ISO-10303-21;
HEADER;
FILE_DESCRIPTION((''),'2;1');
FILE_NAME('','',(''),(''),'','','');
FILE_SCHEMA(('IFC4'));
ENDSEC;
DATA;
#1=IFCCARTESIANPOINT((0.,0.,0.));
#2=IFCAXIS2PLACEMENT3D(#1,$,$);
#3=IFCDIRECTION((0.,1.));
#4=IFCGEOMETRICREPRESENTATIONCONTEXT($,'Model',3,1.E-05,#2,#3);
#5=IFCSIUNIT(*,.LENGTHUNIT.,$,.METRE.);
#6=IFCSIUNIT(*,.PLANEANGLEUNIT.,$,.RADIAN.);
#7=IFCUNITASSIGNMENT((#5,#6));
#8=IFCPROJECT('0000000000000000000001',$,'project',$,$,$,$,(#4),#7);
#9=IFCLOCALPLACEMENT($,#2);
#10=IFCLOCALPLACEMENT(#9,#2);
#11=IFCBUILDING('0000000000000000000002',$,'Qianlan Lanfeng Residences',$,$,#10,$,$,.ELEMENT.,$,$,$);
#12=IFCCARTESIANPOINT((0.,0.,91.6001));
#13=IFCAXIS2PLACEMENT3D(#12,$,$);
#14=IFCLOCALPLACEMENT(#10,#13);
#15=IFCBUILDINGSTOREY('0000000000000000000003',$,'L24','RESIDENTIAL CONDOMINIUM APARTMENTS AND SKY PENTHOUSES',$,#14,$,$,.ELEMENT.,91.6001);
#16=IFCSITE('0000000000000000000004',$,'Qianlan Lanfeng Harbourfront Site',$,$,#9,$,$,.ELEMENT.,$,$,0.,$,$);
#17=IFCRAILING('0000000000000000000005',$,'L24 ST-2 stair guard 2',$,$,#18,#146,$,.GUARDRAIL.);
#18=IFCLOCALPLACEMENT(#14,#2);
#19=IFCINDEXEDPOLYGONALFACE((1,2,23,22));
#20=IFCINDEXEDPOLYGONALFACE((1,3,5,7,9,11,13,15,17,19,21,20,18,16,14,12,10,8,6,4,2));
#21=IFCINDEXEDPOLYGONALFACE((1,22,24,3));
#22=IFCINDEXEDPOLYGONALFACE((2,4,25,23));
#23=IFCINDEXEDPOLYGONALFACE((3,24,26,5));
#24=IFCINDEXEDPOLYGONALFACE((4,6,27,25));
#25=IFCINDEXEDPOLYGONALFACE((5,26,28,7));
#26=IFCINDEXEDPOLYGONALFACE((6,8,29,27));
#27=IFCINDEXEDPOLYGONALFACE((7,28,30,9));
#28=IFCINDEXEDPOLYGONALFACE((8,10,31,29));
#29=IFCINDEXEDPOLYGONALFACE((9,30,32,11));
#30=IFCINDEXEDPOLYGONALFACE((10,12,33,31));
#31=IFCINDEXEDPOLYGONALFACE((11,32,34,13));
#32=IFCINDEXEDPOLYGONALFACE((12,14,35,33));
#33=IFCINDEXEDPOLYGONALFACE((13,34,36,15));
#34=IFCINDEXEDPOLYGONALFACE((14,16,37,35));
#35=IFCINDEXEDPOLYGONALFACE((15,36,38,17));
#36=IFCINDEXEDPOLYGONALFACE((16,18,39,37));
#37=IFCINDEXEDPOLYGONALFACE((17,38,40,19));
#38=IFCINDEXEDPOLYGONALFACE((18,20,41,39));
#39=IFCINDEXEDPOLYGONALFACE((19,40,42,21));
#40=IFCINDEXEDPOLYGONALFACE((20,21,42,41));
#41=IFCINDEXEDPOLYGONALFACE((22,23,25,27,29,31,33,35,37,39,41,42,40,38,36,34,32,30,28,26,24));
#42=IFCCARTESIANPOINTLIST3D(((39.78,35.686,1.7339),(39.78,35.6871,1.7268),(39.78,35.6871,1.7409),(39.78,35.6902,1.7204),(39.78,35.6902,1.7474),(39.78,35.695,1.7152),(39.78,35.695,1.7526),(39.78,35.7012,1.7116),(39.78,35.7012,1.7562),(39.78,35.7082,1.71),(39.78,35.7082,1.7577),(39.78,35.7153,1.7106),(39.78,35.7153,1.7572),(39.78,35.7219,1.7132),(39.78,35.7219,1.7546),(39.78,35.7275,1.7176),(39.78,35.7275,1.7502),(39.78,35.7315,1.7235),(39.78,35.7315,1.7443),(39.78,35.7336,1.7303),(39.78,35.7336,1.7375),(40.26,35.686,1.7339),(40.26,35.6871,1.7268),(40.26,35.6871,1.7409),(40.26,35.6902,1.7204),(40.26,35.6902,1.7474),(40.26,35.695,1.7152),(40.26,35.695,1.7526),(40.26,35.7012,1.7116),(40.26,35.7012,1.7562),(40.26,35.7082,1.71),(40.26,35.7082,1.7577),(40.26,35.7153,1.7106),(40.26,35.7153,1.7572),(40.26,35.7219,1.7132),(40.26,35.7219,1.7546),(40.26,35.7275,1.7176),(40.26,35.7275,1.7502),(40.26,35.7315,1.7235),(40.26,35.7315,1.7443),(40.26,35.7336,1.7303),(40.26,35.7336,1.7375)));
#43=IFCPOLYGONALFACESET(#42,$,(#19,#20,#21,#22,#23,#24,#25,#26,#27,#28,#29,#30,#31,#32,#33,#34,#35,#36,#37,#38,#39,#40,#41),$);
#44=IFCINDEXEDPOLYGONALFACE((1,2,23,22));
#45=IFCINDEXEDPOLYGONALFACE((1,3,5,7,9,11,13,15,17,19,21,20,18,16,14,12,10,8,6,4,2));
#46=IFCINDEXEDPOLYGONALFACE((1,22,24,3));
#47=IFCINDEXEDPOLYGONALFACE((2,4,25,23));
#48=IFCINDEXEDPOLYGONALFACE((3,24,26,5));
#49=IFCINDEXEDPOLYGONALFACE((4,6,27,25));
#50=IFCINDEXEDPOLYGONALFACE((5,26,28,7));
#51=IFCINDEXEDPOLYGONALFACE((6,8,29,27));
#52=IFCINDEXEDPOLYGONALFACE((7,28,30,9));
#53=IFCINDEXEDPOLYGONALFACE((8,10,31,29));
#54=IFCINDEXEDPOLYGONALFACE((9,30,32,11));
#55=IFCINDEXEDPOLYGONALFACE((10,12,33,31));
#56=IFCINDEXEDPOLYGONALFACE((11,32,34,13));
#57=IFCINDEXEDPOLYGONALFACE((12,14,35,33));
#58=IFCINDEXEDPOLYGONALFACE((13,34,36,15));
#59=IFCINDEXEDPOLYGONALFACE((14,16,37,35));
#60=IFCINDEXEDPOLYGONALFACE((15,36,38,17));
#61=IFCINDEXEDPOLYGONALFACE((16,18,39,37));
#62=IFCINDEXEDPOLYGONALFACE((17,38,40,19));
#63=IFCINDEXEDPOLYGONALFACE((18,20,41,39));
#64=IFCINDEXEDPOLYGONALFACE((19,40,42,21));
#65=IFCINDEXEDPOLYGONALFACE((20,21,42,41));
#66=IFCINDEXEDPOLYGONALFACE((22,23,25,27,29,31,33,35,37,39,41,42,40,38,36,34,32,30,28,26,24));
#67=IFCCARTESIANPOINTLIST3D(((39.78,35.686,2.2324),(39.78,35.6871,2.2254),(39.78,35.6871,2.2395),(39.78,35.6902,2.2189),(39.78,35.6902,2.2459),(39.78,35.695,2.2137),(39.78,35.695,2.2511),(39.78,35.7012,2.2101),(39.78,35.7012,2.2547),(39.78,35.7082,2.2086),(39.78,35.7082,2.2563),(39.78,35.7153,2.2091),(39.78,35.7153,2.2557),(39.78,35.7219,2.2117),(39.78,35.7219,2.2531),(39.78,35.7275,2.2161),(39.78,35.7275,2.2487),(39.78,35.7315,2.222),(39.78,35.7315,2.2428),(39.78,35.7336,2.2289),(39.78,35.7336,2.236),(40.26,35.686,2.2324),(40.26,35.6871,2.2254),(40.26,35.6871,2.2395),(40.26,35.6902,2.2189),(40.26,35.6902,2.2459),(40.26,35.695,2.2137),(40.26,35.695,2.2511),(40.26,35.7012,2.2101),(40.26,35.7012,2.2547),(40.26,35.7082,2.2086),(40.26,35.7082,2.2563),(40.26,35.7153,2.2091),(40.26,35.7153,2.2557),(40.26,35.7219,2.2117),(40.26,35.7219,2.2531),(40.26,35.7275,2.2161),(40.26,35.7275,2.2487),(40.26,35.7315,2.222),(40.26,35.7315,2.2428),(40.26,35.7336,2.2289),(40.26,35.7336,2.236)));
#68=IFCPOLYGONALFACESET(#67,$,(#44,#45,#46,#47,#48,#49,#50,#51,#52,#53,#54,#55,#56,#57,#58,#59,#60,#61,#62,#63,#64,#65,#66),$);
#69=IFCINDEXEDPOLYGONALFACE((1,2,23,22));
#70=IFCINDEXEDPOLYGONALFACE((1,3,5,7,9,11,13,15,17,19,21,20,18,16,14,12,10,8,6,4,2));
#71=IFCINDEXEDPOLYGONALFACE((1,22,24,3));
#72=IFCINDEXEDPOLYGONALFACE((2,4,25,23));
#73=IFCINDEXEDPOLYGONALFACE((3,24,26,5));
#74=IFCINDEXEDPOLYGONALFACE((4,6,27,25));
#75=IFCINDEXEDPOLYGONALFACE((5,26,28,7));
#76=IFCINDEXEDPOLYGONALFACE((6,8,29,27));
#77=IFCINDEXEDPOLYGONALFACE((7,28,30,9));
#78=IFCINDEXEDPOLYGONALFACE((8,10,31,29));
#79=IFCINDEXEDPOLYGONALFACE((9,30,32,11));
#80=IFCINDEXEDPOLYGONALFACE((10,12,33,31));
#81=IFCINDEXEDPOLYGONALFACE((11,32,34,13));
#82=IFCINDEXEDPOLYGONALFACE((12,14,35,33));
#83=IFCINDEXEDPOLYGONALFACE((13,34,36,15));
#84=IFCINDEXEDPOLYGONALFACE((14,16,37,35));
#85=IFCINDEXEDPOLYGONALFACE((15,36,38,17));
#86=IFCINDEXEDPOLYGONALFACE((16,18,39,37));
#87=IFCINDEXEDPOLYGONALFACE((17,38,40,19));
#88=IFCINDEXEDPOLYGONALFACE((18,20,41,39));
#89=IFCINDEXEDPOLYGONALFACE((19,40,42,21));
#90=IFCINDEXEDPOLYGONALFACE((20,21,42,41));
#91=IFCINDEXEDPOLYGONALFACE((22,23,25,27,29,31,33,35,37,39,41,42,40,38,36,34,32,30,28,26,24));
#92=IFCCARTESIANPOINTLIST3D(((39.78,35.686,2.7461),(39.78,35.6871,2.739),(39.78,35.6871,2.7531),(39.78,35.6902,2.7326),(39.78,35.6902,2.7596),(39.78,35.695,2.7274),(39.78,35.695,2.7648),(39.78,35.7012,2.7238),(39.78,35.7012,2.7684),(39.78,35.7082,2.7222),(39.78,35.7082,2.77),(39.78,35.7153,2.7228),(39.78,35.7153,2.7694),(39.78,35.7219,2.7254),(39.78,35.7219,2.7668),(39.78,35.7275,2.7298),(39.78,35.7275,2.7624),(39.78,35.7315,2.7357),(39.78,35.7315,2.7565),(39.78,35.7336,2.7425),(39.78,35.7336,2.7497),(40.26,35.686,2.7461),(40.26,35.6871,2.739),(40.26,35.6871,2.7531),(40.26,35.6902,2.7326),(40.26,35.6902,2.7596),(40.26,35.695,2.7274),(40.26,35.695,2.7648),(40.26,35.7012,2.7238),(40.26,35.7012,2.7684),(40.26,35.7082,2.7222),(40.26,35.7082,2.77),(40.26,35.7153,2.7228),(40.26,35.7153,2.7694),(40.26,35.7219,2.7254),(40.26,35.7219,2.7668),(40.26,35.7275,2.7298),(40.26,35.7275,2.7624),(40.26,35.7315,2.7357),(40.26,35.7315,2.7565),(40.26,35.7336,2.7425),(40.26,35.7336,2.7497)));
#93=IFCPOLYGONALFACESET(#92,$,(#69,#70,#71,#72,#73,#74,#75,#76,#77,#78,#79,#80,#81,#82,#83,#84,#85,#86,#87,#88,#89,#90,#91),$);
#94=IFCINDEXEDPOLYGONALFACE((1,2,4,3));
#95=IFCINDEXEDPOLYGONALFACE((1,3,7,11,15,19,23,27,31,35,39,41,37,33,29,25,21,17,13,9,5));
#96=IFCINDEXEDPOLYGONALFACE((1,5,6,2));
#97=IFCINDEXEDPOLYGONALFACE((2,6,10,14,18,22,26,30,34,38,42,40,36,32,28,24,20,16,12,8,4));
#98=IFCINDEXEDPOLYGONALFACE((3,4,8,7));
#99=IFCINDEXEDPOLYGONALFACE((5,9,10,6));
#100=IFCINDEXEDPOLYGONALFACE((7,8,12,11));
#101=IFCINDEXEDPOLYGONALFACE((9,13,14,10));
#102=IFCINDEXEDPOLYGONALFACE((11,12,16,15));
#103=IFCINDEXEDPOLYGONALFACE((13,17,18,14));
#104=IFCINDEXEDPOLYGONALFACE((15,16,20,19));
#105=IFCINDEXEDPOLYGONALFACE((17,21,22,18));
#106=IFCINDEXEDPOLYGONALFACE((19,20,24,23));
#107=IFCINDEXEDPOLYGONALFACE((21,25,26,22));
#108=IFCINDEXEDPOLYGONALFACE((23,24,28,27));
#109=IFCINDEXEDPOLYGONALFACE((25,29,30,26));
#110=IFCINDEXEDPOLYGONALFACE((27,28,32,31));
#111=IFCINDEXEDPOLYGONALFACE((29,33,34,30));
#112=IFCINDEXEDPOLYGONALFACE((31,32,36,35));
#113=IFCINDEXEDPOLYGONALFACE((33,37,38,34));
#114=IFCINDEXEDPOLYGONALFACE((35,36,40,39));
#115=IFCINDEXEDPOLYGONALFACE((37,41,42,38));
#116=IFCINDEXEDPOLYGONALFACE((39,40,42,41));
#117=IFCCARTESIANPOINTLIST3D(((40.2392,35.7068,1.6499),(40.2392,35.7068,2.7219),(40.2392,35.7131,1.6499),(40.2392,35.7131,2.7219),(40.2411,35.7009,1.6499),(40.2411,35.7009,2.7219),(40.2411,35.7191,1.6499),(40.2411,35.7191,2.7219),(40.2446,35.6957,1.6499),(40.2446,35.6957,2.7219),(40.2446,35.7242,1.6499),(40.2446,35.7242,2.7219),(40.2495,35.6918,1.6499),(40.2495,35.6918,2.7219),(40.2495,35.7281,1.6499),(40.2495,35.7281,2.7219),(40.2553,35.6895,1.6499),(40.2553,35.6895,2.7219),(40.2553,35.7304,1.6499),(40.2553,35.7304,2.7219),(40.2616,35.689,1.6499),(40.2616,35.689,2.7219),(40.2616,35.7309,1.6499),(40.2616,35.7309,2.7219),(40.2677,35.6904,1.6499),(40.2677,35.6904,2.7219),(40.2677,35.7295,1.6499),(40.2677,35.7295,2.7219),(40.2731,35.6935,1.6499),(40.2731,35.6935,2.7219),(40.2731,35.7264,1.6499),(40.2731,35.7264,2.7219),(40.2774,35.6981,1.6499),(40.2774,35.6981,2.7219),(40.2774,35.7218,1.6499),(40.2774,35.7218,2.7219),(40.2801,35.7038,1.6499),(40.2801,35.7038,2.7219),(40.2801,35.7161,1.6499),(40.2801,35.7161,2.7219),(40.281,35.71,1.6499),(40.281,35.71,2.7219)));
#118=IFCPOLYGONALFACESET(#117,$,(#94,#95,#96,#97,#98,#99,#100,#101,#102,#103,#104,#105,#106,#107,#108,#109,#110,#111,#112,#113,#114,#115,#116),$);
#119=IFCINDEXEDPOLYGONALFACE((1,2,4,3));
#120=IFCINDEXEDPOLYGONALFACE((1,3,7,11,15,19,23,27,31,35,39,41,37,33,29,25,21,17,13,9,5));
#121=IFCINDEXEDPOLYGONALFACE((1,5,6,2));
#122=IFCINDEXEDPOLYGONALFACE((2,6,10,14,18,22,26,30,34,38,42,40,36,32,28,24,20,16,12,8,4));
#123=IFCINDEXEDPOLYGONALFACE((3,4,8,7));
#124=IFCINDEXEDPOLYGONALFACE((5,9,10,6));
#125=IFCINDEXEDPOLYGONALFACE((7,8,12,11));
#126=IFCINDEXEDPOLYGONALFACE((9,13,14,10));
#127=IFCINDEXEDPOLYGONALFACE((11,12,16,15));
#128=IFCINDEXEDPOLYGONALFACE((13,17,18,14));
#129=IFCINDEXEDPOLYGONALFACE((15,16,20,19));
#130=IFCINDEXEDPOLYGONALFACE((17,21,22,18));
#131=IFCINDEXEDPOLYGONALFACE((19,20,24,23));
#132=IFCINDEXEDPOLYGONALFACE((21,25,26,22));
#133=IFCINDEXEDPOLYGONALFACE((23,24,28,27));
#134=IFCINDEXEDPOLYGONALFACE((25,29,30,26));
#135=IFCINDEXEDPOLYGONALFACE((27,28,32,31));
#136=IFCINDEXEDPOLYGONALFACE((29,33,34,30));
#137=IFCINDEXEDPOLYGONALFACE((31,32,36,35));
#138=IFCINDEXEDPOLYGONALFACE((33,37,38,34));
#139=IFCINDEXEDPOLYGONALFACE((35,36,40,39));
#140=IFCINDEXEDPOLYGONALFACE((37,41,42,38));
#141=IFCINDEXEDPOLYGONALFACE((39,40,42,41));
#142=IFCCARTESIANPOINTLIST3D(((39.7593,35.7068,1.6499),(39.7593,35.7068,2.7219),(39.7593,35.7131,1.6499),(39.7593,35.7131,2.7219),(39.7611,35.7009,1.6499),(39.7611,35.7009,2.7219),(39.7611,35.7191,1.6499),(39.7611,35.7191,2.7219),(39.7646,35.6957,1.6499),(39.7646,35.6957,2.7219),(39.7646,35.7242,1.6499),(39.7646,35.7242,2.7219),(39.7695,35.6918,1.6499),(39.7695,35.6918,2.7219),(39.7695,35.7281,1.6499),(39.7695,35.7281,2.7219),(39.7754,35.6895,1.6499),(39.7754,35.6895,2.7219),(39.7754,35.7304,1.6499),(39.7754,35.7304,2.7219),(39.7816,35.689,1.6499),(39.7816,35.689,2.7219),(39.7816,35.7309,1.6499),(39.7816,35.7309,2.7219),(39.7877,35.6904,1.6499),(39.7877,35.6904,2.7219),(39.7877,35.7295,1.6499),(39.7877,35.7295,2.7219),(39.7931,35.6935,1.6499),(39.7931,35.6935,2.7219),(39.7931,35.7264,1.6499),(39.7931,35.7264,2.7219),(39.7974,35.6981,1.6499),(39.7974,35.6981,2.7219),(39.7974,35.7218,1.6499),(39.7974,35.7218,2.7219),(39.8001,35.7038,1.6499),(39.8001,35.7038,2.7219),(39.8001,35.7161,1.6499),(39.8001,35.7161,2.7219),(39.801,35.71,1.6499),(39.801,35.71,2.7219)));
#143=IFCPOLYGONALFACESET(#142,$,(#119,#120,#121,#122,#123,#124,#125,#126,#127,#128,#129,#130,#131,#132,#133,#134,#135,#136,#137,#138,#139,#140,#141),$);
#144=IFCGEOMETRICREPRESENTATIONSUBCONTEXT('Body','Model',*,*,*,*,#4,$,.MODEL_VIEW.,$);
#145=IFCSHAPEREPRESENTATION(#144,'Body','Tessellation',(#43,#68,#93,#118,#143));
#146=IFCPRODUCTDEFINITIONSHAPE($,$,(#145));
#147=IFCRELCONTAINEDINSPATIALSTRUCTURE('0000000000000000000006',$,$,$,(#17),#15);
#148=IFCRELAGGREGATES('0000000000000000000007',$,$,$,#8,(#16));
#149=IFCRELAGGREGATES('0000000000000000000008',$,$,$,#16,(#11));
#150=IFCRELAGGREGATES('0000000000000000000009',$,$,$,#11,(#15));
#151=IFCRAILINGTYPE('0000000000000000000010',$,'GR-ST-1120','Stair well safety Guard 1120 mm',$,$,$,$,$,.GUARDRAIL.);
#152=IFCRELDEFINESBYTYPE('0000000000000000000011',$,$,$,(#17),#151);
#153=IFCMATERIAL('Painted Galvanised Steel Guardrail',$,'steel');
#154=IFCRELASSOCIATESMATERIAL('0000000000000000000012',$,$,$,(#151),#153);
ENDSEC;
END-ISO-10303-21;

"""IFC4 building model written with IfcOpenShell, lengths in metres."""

from ifc_helpers import new_model, si_unit, direction, frame, origin, origin_2d, place, context, subcontext, project, spatial, circle, extrude, material, type_object, element, save


model = new_model("IFC4")

# Units and contexts
model_context = context("Model", 3, precision=1e-05, world=origin(), true_north=direction((0.0, 1.0)))
body_context = subcontext(model_context, "Body", "Model", "MODEL_VIEW")
ifc_project = project(units=[si_unit("LENGTHUNIT", "METRE"), si_unit("PLANEANGLEUNIT", "RADIAN")], contexts=[model_context])

# Site, building, storey
site_placement = place(None, origin())
site = spatial("IfcSite", under=ifc_project, at=site_placement, Name="Qianlan Lanfeng Harbourfront Site", CompositionType="ELEMENT", RefElevation=0.0)
building_placement = place(site_placement, origin())
building = spatial("IfcBuilding", under=site, at=building_placement, Name="Qianlan Lanfeng Residences", CompositionType="ELEMENT")
storey_placement = place(building_placement, frame((0.0, 0.0, 91.6001)))
storey = spatial("IfcBuildingStorey", under=building, at=storey_placement, Name="L24", Description="RESIDENTIAL CONDOMINIUM APARTMENTS AND SKY PENTHOUSES", CompositionType="ELEMENT", Elevation=91.6001)

# Railing
ifc_material_1 = material(Name="Painted Galvanised Steel Guardrail", Category="steel")
railing_type_1 = type_object("IfcRailingType", Name="GR-ST-1120", Description="Stair well safety Guard 1120 mm", PredefinedType="GUARDRAIL", material=ifc_material_1)
railing_1_placement = place(storey_placement, frame((40.26, 35.71, 1.6499)))
element("IfcRailing", 1, at=railing_1_placement, inside=storey, type_object=railing_type_1, Name="L24 ST-2 stair guard 2", PredefinedType="GUARDRAIL", context=body_context, shape_type="SweptSolid", body=[
    extrude(circle(Radius=0.0239, at=origin_2d()), frame((0.0, 0.0, 0.084), z_axis=(-1.0, 0.0, 0.0), x_axis=(0.0, -1.0, 0.0)), (0.0, 0.0, 1.0), 0.48),
    extrude(circle(Radius=0.0239, at=origin_2d()), frame((0.0, 0.0, 0.5825), z_axis=(-1.0, 0.0, 0.0), x_axis=(0.0, -1.0, 0.0)), (0.0, 0.0, 1.0), 0.48),
    extrude(circle(Radius=0.0239, at=origin_2d()), frame((0.0, 0.0, 1.0962), z_axis=(-1.0, 0.0, 0.0), x_axis=(0.0, -1.0, 0.0)), (0.0, 0.0, 1.0), 0.48),
    extrude(circle(Radius=0.021, at=origin_2d()), origin(), (0.0, 0.0, 1.0), 1.072),
    extrude(circle(Radius=0.021, at=origin_2d()), frame((-0.48, 0.0, 0.0)), (0.0, 0.0, 1.0), 1.072),
])

save(model, "model.ifc")
